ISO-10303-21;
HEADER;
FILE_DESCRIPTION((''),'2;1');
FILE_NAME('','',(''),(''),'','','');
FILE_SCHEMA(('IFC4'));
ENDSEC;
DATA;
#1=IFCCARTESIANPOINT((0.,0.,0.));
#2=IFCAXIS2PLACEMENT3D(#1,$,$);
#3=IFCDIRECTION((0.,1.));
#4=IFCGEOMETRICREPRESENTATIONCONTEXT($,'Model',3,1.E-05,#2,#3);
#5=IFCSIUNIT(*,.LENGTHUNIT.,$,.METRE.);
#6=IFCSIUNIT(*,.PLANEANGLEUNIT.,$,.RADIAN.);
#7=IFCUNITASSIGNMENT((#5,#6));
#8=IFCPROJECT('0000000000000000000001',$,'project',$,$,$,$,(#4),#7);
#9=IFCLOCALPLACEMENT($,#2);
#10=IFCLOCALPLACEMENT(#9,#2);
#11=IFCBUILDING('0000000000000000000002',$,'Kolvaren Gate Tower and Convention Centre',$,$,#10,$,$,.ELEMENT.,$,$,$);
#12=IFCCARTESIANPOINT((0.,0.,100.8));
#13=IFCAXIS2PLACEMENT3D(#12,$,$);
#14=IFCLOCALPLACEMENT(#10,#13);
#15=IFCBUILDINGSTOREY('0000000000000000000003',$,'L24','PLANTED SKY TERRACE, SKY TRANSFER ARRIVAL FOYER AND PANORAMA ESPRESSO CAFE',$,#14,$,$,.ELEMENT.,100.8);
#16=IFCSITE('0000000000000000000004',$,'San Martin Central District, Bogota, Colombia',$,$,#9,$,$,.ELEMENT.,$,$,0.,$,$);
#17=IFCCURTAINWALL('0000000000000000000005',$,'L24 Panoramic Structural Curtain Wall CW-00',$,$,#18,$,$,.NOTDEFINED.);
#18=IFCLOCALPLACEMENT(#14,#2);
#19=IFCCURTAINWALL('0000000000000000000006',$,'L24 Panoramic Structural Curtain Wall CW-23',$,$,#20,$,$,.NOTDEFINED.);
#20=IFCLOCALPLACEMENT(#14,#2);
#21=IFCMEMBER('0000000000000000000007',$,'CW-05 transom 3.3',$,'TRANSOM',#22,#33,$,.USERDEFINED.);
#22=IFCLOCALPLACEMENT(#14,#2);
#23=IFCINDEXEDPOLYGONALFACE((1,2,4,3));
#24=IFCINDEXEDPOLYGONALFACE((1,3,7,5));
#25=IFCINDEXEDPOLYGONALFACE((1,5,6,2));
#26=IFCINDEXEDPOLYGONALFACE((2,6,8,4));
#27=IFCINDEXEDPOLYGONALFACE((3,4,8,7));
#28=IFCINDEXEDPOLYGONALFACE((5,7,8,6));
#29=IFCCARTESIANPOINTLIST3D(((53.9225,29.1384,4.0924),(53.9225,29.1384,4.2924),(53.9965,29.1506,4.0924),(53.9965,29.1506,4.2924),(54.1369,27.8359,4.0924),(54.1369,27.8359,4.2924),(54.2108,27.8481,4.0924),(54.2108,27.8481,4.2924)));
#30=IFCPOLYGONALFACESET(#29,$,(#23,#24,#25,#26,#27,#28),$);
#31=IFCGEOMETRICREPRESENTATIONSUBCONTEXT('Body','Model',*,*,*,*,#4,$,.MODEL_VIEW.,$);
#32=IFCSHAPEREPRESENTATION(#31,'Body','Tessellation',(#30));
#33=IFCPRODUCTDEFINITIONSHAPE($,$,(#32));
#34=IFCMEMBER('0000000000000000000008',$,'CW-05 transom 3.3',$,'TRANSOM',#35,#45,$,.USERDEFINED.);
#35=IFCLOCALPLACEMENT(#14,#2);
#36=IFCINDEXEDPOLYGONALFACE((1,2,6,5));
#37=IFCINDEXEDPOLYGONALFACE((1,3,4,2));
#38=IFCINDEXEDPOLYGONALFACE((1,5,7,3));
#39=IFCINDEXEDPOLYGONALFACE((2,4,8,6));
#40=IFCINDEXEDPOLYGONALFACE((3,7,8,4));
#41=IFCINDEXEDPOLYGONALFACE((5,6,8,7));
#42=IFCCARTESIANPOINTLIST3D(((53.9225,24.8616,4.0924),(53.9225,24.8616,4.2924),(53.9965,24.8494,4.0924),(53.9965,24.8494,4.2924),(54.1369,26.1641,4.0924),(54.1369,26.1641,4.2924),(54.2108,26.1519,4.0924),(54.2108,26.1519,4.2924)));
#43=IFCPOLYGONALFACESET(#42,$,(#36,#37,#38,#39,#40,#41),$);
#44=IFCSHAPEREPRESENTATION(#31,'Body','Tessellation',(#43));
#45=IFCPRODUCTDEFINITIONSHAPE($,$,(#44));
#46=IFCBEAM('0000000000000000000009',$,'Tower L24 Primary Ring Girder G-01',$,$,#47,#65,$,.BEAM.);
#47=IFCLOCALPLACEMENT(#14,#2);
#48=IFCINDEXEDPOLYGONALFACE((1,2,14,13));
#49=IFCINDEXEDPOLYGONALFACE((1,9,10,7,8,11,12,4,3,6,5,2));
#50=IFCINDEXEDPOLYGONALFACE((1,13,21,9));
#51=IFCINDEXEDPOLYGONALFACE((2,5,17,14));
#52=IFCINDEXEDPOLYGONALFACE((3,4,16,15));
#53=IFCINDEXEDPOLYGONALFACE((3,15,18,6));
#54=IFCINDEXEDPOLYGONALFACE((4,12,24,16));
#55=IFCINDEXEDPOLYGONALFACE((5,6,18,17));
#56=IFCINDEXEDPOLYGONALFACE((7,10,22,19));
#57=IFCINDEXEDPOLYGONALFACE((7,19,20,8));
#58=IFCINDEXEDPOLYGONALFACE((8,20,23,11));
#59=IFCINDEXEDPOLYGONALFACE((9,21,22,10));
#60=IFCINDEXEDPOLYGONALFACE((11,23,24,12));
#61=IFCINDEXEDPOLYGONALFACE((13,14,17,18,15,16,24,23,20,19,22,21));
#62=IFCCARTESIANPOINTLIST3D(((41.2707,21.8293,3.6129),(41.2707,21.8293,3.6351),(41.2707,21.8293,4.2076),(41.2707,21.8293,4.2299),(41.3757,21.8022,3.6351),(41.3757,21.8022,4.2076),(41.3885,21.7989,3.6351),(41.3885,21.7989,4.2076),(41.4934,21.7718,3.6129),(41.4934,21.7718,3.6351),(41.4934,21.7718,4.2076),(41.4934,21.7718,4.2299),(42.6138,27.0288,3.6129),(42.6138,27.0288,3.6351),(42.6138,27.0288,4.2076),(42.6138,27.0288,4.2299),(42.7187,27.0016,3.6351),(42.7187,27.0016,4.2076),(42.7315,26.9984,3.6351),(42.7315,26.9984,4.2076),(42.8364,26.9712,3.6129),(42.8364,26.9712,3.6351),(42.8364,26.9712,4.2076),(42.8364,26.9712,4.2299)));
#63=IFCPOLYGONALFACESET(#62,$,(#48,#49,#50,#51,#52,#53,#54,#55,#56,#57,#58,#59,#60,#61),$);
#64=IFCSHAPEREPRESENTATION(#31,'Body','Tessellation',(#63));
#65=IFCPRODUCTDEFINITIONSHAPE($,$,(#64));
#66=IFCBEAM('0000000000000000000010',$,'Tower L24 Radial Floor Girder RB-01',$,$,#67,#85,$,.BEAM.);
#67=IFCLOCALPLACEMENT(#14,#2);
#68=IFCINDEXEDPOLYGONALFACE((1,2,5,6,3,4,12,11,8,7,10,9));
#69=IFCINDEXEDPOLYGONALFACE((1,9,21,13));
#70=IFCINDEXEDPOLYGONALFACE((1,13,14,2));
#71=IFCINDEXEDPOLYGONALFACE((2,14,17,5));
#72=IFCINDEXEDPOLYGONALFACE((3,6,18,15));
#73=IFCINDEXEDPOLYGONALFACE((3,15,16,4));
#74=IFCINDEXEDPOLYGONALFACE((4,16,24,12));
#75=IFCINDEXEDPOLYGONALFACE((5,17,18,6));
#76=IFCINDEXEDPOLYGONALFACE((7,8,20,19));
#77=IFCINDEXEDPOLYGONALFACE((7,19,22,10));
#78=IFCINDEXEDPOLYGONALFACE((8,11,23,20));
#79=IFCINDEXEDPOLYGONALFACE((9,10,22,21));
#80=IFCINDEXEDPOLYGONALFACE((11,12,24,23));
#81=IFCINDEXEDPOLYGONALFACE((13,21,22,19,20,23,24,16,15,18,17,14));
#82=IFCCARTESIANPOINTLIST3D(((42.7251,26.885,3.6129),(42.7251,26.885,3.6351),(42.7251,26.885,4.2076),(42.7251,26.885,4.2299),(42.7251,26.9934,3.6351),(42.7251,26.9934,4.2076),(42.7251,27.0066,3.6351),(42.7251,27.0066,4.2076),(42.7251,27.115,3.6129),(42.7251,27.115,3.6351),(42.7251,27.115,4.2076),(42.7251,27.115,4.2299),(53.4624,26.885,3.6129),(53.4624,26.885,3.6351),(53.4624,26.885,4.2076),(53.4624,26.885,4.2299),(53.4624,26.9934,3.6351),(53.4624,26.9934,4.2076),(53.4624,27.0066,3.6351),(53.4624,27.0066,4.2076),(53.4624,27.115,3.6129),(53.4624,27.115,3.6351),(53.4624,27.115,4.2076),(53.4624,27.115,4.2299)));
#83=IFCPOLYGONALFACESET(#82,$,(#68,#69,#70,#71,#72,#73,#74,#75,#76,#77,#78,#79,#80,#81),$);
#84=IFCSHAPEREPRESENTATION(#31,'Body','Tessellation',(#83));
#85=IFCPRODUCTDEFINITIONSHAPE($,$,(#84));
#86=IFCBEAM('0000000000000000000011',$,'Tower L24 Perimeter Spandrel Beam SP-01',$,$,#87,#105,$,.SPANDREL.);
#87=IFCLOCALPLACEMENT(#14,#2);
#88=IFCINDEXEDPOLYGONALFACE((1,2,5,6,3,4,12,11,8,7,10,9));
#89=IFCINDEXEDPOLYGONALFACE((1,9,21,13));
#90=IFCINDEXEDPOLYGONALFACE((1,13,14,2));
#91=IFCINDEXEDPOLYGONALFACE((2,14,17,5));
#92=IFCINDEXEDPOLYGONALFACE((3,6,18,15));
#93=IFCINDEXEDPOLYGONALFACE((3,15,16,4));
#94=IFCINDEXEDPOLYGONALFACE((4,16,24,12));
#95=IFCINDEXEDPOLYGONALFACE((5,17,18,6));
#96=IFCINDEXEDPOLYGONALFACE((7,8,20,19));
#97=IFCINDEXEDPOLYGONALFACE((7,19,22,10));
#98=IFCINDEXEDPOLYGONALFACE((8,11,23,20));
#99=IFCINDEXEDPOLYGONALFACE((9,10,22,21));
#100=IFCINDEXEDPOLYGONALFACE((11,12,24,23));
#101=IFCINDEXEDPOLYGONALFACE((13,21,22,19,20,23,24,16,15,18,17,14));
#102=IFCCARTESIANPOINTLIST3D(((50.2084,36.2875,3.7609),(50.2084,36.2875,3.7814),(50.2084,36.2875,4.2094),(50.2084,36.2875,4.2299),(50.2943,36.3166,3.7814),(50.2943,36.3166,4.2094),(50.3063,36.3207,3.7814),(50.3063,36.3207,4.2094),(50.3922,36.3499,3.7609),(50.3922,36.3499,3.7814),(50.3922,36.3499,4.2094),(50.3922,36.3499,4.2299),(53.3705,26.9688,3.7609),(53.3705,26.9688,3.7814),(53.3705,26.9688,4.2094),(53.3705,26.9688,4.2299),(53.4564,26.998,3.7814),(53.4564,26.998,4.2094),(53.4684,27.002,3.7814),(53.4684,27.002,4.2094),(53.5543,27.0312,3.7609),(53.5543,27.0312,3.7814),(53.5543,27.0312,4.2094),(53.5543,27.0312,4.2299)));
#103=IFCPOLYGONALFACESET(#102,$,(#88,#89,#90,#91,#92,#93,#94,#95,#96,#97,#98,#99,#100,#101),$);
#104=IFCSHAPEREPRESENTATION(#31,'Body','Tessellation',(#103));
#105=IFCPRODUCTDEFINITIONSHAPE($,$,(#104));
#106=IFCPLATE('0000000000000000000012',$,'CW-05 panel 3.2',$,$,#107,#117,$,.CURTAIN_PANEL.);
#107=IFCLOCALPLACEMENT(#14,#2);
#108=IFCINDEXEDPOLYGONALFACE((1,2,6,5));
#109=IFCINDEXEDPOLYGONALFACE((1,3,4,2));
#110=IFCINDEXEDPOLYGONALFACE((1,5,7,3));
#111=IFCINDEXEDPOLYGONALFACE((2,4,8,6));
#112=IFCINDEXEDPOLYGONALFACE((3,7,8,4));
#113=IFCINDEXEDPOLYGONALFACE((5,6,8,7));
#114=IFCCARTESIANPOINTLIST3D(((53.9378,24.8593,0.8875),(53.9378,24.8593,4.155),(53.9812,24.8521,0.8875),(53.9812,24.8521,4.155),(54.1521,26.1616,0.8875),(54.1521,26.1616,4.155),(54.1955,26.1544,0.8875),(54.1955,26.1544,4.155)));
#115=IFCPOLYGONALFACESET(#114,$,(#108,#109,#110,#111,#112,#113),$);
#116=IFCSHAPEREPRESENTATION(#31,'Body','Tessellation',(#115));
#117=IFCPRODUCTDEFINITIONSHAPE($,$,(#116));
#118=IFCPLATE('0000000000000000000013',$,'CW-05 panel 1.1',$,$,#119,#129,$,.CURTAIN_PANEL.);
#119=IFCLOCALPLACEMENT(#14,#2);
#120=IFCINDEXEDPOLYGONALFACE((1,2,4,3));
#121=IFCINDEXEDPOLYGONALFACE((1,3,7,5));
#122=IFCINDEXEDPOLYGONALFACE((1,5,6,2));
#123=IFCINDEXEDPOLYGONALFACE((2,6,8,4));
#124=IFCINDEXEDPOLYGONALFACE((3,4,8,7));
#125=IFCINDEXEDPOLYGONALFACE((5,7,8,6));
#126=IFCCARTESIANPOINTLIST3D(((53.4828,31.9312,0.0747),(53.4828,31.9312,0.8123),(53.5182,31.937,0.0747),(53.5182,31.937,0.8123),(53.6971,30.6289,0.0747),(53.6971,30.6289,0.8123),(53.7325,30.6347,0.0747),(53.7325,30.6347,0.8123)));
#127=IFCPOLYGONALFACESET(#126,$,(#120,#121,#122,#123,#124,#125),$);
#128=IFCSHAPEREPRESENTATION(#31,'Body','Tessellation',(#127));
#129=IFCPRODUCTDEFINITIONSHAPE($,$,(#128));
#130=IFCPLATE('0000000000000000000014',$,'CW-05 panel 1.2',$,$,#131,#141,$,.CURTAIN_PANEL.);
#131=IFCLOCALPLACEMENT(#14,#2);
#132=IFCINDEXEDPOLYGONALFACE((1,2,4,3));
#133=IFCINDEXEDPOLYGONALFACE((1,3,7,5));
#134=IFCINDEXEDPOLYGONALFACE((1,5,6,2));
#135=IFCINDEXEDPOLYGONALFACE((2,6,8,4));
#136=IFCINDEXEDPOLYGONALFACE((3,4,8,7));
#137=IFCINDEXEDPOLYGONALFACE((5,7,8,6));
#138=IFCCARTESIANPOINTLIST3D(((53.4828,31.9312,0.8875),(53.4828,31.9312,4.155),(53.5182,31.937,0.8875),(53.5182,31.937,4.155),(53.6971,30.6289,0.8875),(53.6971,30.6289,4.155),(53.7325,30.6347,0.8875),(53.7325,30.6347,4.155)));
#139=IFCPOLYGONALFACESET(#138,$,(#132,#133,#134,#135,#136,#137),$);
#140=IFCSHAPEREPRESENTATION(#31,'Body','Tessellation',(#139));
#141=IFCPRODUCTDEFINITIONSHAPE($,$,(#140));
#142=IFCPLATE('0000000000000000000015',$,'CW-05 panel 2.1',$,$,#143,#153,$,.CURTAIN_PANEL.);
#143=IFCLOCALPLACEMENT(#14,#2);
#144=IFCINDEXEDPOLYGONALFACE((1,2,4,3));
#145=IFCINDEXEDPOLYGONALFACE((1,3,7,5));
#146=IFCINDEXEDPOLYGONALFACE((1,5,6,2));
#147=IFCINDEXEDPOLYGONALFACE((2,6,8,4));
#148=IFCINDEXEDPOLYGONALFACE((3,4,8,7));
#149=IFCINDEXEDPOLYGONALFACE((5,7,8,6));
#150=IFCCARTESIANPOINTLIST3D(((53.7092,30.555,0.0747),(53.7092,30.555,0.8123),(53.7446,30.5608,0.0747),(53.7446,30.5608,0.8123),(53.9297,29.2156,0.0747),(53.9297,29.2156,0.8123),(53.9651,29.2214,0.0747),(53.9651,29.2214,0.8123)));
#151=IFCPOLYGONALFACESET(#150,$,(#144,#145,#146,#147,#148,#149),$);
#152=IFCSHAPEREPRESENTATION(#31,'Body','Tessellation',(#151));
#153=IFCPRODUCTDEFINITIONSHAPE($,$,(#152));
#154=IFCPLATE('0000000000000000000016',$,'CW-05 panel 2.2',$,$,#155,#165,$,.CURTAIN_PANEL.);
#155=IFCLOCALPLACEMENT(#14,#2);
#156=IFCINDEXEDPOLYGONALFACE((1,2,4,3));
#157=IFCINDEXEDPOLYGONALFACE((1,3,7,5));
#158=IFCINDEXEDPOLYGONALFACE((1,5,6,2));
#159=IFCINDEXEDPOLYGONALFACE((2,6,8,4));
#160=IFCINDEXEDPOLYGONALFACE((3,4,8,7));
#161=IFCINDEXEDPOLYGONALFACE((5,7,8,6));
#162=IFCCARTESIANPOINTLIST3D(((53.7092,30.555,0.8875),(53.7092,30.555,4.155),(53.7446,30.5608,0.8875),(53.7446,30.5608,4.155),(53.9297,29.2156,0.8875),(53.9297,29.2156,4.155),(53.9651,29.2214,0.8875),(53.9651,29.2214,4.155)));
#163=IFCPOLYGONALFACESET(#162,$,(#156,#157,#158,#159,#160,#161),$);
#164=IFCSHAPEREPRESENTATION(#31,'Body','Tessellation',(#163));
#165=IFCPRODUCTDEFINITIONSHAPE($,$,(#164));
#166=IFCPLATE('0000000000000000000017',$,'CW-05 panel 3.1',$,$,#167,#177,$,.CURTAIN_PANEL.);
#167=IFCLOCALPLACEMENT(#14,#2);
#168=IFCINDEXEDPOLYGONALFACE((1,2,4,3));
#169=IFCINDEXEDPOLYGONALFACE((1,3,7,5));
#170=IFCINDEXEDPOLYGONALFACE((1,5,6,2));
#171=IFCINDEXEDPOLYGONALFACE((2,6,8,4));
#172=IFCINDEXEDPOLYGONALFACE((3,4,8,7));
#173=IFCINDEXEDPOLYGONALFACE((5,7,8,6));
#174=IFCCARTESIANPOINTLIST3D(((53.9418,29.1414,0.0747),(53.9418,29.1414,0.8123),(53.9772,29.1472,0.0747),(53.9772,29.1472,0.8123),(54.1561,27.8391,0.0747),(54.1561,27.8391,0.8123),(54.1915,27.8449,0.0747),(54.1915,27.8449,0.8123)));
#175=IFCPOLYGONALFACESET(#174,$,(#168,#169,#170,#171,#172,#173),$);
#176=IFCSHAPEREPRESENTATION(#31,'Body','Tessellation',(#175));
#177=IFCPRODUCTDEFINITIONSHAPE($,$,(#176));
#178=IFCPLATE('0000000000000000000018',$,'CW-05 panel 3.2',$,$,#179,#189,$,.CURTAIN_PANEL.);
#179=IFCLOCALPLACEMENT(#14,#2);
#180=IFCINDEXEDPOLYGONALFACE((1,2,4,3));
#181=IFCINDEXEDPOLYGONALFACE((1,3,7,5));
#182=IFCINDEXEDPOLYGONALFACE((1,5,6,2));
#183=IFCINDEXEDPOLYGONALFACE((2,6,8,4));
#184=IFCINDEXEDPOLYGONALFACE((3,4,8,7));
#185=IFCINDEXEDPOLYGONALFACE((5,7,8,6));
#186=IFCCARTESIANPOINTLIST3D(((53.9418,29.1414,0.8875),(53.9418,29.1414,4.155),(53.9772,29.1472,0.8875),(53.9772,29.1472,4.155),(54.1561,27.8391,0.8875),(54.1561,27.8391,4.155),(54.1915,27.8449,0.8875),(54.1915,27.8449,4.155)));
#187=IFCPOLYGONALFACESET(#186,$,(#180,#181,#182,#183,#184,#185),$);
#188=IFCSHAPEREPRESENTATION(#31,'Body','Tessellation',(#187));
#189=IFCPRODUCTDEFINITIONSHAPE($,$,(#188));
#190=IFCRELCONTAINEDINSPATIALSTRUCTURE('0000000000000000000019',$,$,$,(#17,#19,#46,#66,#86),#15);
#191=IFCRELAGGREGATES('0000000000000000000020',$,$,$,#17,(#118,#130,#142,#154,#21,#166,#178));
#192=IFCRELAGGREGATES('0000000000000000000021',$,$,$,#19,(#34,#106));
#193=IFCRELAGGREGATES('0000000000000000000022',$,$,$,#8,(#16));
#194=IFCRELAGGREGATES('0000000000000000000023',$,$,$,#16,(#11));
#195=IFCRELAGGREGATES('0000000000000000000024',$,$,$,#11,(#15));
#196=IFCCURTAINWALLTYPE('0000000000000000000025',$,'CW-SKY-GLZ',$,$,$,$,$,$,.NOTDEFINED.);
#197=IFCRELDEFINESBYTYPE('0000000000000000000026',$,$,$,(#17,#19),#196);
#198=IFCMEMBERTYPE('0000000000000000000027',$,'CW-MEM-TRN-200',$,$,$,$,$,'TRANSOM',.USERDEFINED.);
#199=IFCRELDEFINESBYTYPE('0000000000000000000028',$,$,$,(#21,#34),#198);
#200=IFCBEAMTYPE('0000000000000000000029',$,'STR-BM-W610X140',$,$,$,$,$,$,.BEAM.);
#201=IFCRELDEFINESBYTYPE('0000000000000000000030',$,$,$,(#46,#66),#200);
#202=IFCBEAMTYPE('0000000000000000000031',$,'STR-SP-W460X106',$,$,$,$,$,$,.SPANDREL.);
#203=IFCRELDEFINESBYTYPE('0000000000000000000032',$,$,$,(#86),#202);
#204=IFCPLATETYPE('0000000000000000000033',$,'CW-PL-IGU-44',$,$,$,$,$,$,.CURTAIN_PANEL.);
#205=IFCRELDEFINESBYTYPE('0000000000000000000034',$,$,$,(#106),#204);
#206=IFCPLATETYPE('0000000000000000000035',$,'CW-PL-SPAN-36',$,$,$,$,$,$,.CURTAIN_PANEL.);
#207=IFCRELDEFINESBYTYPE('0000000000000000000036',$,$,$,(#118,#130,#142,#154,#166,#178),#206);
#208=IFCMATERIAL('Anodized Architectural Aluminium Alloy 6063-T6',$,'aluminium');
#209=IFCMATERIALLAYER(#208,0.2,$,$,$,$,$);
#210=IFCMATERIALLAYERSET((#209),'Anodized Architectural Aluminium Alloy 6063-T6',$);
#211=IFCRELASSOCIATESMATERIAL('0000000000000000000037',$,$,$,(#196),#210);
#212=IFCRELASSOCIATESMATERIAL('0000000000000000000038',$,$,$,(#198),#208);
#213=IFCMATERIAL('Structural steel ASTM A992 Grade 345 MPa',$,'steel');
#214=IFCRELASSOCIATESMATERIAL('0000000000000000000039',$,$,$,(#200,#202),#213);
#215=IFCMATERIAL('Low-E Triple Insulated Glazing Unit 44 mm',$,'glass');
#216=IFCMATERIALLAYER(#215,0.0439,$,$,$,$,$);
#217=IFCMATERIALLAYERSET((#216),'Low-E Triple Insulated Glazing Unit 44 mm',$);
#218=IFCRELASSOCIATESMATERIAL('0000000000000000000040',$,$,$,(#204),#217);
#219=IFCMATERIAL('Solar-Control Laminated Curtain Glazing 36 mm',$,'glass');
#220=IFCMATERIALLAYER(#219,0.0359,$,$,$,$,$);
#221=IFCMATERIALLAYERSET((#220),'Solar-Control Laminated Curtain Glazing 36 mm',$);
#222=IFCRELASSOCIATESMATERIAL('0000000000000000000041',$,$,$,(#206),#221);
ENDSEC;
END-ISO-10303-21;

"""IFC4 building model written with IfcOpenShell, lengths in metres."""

from ifc_helpers import new_model, si_unit, direction, frame, origin, origin_2d, place, context, subcontext, project, spatial, rectangle, i_section, extrude, material, layer, layer_set, material_profile, profile_set, type_object, element, aggregate, save


model = new_model("IFC4")

# Units and contexts
model_context = context("Model", 3, precision=1e-05, world=origin(), true_north=direction((0.0, 1.0)))
body_context = subcontext(model_context, "Body", "Model", "MODEL_VIEW")
ifc_project = project(units=[si_unit("LENGTHUNIT", "METRE"), si_unit("PLANEANGLEUNIT", "RADIAN")], contexts=[model_context])

# Site, building, storey
site_placement = place(None, origin())
site = spatial("IfcSite", under=ifc_project, at=site_placement, Name="San Martin Central District, Bogota, Colombia", CompositionType="ELEMENT", RefElevation=0.0)
building_placement = place(site_placement, origin())
building = spatial("IfcBuilding", under=site, at=building_placement, Name="Kolvaren Gate Tower and Convention Centre", CompositionType="ELEMENT")
storey_placement = place(building_placement, frame((0.0, 0.0, 100.8)))
storey = spatial("IfcBuildingStorey", under=building, at=storey_placement, Name="L24", Description="PLANTED SKY TERRACE, SKY TRANSFER ARRIVAL FOYER AND PANORAMA ESPRESSO CAFE", CompositionType="ELEMENT", Elevation=100.8)

# Curtain wall
ifc_material_1 = material(Name="Anodized Architectural Aluminium Alloy 6063-T6", Category="aluminium")
ifc_layer_1 = layer(ifc_material_1, 0.2)
ifc_layer_set_1 = layer_set([ifc_layer_1], Name="Anodized Architectural Aluminium Alloy 6063-T6")
curtain_wall_type = type_object("IfcCurtainWallType", Name="CW-SKY-GLZ", PredefinedType="NOTDEFINED", material=ifc_layer_set_1)
curtain_wall_1_placement = place(storey_placement, origin())
curtain_wall_1 = element("IfcCurtainWall", 1, at=curtain_wall_1_placement, inside=storey, type_object=curtain_wall_type, Name="L24 Panoramic Structural Curtain Wall CW-00", PredefinedType="NOTDEFINED")

# Curtain wall
curtain_wall_2_placement = place(storey_placement, origin())
curtain_wall_2 = element("IfcCurtainWall", 2, at=curtain_wall_2_placement, inside=storey, type_object=curtain_wall_type, Name="L24 Panoramic Structural Curtain Wall CW-23", PredefinedType="NOTDEFINED")

# Members
ifc_material_profile_1 = material_profile(ifc_material_1, rectangle(XDim=0.075, YDim=0.2, at=origin_2d()), Name="CW-MEM-TRN-200")
ifc_profile_set_1 = profile_set([ifc_material_profile_1], Name="Anodized Architectural Aluminium Alloy 6063-T6")
member_type_1 = type_object("IfcMemberType", Name="CW-MEM-TRN-200", ElementType="TRANSOM", PredefinedType="USERDEFINED", material=ifc_profile_set_1)
member_1_placement = place(storey_placement, frame((53.9595, 29.1445, 4.1924), z_axis=(0.162389, -0.986727, 0.0), x_axis=(0.986727, 0.162389, 0.0)))
member_1 = element("IfcMember", 3, at=member_1_placement, type_object=member_type_1, Name="CW-05 transom 3.3", ObjectType="TRANSOM", PredefinedType="USERDEFINED", context=body_context, shape_type="SweptSolid", body=[
    extrude(rectangle(XDim=0.075, YDim=0.2, at=origin_2d()), origin(), (0.0, 0.0, 1.0), 1.3201),
])
member_2_placement = place(storey_placement, frame((53.9595, 24.8555, 4.1924), z_axis=(0.162389, 0.986727, 0.0), x_axis=(-0.986727, 0.162389, 0.0)))
member_2 = element("IfcMember", 4, at=member_2_placement, type_object=member_type_1, Name="CW-05 transom 3.3", ObjectType="TRANSOM", PredefinedType="USERDEFINED", context=body_context, shape_type="SweptSolid", body=[
    extrude(rectangle(XDim=0.075, YDim=0.2, at=origin_2d()), origin(), (0.0, 0.0, 1.0), 1.3201),
])

# Beams
ifc_material_2 = material(Name="Structural steel ASTM A992 Grade 345 MPa", Category="steel")
ifc_material_profile_2 = material_profile(ifc_material_2, i_section(OverallWidth=0.23, OverallDepth=0.6169, WebThickness=0.0132, FlangeThickness=0.0222, at=origin_2d()), Name="W610X140")
ifc_profile_set_2 = profile_set([ifc_material_profile_2], Name="Structural steel ASTM A992 Grade 345 MPa")
beam_type_1 = type_object("IfcBeamType", Name="STR-BM-W610X140", PredefinedType="BEAM", material=ifc_profile_set_2)
beam_1_placement = place(storey_placement, frame((42.7251, 27.0, 3.9214), z_axis=(-0.250091, -0.968222, 0.0), x_axis=(0.968222, -0.250091, 0.0)))
element("IfcBeam", 5, at=beam_1_placement, inside=storey, type_object=beam_type_1, Name="Tower L24 Primary Ring Girder G-01", PredefinedType="BEAM", context=body_context, shape_type="SweptSolid", body=[
    extrude(i_section(OverallWidth=0.23, OverallDepth=0.6169, WebThickness=0.0132, FlangeThickness=0.0222, at=origin_2d()), origin(), (0.0, 0.0, 1.0), 5.3701),
])
beam_2_placement = place(storey_placement, frame((42.7251, 27.0, 3.9214), z_axis=(1.0, 0.0, 0.0), x_axis=(0.0, 1.0, 0.0)))
element("IfcBeam", 6, at=beam_2_placement, inside=storey, type_object=beam_type_1, Name="Tower L24 Radial Floor Girder RB-01", PredefinedType="BEAM", context=body_context, shape_type="SweptSolid", body=[
    extrude(i_section(OverallWidth=0.23, OverallDepth=0.6169, WebThickness=0.0132, FlangeThickness=0.0222, at=origin_2d()), origin(), (0.0, 0.0, 1.0), 10.7373),
])
ifc_material_profile_3 = material_profile(ifc_material_2, i_section(OverallWidth=0.1941, OverallDepth=0.469, WebThickness=0.0127, FlangeThickness=0.0205, at=origin_2d()), Name="W460X106")
ifc_profile_set_3 = profile_set([ifc_material_profile_3], Name="Structural steel ASTM A992 Grade 345 MPa")
beam_type_2 = type_object("IfcBeamType", Name="STR-SP-W460X106", PredefinedType="SPANDREL", material=ifc_profile_set_3)
beam_3_placement = place(storey_placement, frame((53.4624, 27.0, 3.9954), z_axis=(-0.321336, 0.946965, 0.0), x_axis=(-0.946965, -0.321336, 0.0)))
element("IfcBeam", 7, at=beam_3_placement, inside=storey, type_object=beam_type_2, Name="Tower L24 Perimeter Spandrel Beam SP-01", PredefinedType="SPANDREL", context=body_context, shape_type="SweptSolid", body=[
    extrude(i_section(OverallWidth=0.1941, OverallDepth=0.469, WebThickness=0.0127, FlangeThickness=0.0205, at=origin_2d()), origin(), (0.0, 0.0, 1.0), 9.8406),
])

# Plates
ifc_material_3 = material(Name="Low-E Triple Insulated Glazing Unit 44 mm", Category="glass")
ifc_layer_2 = layer(ifc_material_3, 0.0439)
ifc_layer_set_2 = layer_set([ifc_layer_2], Name="Low-E Triple Insulated Glazing Unit 44 mm")
plate_type_1 = type_object("IfcPlateType", Name="CW-PL-IGU-44", PredefinedType="CURTAIN_PANEL", material=ifc_layer_set_2)
plate_1_placement = place(storey_placement, frame((54.0667, 25.5068, 0.8875), z_axis=(0.0, 0.0, 1.0), x_axis=(0.162391, 0.986726, 0.0)))
plate_1 = element("IfcPlate", 8, at=plate_1_placement, type_object=plate_type_1, Name="CW-05 panel 3.2", PredefinedType="CURTAIN_PANEL", context=body_context, shape_type="SweptSolid", body=[
    extrude(rectangle(XDim=1.3198, YDim=0.0439, at=origin_2d()), origin(), (0.0, 0.0, 1.0), 3.2676),
])
ifc_material_4 = material(Name="Solar-Control Laminated Curtain Glazing 36 mm", Category="glass")
ifc_layer_3 = layer(ifc_material_4, 0.0359)
ifc_layer_set_3 = layer_set([ifc_layer_3], Name="Solar-Control Laminated Curtain Glazing 36 mm")
plate_type_2 = type_object("IfcPlateType", Name="CW-PL-SPAN-36", PredefinedType="CURTAIN_PANEL", material=ifc_layer_set_3)
plate_2_placement = place(storey_placement, frame((53.6077, 31.283, 0.0747), z_axis=(0.0, 0.0, 1.0), x_axis=(0.162391, -0.986726, 0.0)))
plate_2 = element("IfcPlate", 9, at=plate_2_placement, type_object=plate_type_2, Name="CW-05 panel 1.1", PredefinedType="CURTAIN_PANEL", context=body_context, shape_type="SweptSolid", body=[
    extrude(rectangle(XDim=1.3198, YDim=0.0359, at=origin_2d()), origin(), (0.0, 0.0, 1.0), 0.7375),
])
plate_3_placement = place(storey_placement, frame((53.6077, 31.283, 0.8875), z_axis=(0.0, 0.0, 1.0), x_axis=(0.162391, -0.986726, 0.0)))
plate_3 = element("IfcPlate", 10, at=plate_3_placement, type_object=plate_type_2, Name="CW-05 panel 1.2", PredefinedType="CURTAIN_PANEL", context=body_context, shape_type="SweptSolid", body=[
    extrude(rectangle(XDim=1.3198, YDim=0.0359, at=origin_2d()), origin(), (0.0, 0.0, 1.0), 3.2676),
])
plate_4_placement = place(storey_placement, frame((53.8372, 29.8882, 0.0747), z_axis=(0.0, 0.0, 1.0), x_axis=(0.162391, -0.986726, 0.0)))
plate_4 = element("IfcPlate", 11, at=plate_4_placement, type_object=plate_type_2, Name="CW-05 panel 2.1", PredefinedType="CURTAIN_PANEL", context=body_context, shape_type="SweptSolid", body=[
    extrude(rectangle(XDim=1.3574, YDim=0.0359, at=origin_2d()), origin(), (0.0, 0.0, 1.0), 0.7375),
])
plate_5_placement = place(storey_placement, frame((53.8372, 29.8882, 0.8875), z_axis=(0.0, 0.0, 1.0), x_axis=(0.162391, -0.986726, 0.0)))
plate_5 = element("IfcPlate", 12, at=plate_5_placement, type_object=plate_type_2, Name="CW-05 panel 2.2", PredefinedType="CURTAIN_PANEL", context=body_context, shape_type="SweptSolid", body=[
    extrude(rectangle(XDim=1.3574, YDim=0.0359, at=origin_2d()), origin(), (0.0, 0.0, 1.0), 3.2676),
])
plate_6_placement = place(storey_placement, frame((54.0667, 28.4932, 0.0747), z_axis=(0.0, 0.0, 1.0), x_axis=(0.162391, -0.986726, 0.0)))
plate_6 = element("IfcPlate", 13, at=plate_6_placement, type_object=plate_type_2, Name="CW-05 panel 3.1", PredefinedType="CURTAIN_PANEL", context=body_context, shape_type="SweptSolid", body=[
    extrude(rectangle(XDim=1.3198, YDim=0.0359, at=origin_2d()), origin(), (0.0, 0.0, 1.0), 0.7375),
])
plate_7_placement = place(storey_placement, frame((54.0667, 28.4932, 0.8875), z_axis=(0.0, 0.0, 1.0), x_axis=(0.162391, -0.986726, 0.0)))
plate_7 = element("IfcPlate", 14, at=plate_7_placement, type_object=plate_type_2, Name="CW-05 panel 3.2", PredefinedType="CURTAIN_PANEL", context=body_context, shape_type="SweptSolid", body=[
    extrude(rectangle(XDim=1.3198, YDim=0.0359, at=origin_2d()), origin(), (0.0, 0.0, 1.0), 3.2676),
])
aggregate(curtain_wall_1, [plate_2, plate_3, plate_4, plate_5, member_1, plate_6, plate_7])
aggregate(curtain_wall_2, [member_2, plate_1])

save(model, "model.ifc")
